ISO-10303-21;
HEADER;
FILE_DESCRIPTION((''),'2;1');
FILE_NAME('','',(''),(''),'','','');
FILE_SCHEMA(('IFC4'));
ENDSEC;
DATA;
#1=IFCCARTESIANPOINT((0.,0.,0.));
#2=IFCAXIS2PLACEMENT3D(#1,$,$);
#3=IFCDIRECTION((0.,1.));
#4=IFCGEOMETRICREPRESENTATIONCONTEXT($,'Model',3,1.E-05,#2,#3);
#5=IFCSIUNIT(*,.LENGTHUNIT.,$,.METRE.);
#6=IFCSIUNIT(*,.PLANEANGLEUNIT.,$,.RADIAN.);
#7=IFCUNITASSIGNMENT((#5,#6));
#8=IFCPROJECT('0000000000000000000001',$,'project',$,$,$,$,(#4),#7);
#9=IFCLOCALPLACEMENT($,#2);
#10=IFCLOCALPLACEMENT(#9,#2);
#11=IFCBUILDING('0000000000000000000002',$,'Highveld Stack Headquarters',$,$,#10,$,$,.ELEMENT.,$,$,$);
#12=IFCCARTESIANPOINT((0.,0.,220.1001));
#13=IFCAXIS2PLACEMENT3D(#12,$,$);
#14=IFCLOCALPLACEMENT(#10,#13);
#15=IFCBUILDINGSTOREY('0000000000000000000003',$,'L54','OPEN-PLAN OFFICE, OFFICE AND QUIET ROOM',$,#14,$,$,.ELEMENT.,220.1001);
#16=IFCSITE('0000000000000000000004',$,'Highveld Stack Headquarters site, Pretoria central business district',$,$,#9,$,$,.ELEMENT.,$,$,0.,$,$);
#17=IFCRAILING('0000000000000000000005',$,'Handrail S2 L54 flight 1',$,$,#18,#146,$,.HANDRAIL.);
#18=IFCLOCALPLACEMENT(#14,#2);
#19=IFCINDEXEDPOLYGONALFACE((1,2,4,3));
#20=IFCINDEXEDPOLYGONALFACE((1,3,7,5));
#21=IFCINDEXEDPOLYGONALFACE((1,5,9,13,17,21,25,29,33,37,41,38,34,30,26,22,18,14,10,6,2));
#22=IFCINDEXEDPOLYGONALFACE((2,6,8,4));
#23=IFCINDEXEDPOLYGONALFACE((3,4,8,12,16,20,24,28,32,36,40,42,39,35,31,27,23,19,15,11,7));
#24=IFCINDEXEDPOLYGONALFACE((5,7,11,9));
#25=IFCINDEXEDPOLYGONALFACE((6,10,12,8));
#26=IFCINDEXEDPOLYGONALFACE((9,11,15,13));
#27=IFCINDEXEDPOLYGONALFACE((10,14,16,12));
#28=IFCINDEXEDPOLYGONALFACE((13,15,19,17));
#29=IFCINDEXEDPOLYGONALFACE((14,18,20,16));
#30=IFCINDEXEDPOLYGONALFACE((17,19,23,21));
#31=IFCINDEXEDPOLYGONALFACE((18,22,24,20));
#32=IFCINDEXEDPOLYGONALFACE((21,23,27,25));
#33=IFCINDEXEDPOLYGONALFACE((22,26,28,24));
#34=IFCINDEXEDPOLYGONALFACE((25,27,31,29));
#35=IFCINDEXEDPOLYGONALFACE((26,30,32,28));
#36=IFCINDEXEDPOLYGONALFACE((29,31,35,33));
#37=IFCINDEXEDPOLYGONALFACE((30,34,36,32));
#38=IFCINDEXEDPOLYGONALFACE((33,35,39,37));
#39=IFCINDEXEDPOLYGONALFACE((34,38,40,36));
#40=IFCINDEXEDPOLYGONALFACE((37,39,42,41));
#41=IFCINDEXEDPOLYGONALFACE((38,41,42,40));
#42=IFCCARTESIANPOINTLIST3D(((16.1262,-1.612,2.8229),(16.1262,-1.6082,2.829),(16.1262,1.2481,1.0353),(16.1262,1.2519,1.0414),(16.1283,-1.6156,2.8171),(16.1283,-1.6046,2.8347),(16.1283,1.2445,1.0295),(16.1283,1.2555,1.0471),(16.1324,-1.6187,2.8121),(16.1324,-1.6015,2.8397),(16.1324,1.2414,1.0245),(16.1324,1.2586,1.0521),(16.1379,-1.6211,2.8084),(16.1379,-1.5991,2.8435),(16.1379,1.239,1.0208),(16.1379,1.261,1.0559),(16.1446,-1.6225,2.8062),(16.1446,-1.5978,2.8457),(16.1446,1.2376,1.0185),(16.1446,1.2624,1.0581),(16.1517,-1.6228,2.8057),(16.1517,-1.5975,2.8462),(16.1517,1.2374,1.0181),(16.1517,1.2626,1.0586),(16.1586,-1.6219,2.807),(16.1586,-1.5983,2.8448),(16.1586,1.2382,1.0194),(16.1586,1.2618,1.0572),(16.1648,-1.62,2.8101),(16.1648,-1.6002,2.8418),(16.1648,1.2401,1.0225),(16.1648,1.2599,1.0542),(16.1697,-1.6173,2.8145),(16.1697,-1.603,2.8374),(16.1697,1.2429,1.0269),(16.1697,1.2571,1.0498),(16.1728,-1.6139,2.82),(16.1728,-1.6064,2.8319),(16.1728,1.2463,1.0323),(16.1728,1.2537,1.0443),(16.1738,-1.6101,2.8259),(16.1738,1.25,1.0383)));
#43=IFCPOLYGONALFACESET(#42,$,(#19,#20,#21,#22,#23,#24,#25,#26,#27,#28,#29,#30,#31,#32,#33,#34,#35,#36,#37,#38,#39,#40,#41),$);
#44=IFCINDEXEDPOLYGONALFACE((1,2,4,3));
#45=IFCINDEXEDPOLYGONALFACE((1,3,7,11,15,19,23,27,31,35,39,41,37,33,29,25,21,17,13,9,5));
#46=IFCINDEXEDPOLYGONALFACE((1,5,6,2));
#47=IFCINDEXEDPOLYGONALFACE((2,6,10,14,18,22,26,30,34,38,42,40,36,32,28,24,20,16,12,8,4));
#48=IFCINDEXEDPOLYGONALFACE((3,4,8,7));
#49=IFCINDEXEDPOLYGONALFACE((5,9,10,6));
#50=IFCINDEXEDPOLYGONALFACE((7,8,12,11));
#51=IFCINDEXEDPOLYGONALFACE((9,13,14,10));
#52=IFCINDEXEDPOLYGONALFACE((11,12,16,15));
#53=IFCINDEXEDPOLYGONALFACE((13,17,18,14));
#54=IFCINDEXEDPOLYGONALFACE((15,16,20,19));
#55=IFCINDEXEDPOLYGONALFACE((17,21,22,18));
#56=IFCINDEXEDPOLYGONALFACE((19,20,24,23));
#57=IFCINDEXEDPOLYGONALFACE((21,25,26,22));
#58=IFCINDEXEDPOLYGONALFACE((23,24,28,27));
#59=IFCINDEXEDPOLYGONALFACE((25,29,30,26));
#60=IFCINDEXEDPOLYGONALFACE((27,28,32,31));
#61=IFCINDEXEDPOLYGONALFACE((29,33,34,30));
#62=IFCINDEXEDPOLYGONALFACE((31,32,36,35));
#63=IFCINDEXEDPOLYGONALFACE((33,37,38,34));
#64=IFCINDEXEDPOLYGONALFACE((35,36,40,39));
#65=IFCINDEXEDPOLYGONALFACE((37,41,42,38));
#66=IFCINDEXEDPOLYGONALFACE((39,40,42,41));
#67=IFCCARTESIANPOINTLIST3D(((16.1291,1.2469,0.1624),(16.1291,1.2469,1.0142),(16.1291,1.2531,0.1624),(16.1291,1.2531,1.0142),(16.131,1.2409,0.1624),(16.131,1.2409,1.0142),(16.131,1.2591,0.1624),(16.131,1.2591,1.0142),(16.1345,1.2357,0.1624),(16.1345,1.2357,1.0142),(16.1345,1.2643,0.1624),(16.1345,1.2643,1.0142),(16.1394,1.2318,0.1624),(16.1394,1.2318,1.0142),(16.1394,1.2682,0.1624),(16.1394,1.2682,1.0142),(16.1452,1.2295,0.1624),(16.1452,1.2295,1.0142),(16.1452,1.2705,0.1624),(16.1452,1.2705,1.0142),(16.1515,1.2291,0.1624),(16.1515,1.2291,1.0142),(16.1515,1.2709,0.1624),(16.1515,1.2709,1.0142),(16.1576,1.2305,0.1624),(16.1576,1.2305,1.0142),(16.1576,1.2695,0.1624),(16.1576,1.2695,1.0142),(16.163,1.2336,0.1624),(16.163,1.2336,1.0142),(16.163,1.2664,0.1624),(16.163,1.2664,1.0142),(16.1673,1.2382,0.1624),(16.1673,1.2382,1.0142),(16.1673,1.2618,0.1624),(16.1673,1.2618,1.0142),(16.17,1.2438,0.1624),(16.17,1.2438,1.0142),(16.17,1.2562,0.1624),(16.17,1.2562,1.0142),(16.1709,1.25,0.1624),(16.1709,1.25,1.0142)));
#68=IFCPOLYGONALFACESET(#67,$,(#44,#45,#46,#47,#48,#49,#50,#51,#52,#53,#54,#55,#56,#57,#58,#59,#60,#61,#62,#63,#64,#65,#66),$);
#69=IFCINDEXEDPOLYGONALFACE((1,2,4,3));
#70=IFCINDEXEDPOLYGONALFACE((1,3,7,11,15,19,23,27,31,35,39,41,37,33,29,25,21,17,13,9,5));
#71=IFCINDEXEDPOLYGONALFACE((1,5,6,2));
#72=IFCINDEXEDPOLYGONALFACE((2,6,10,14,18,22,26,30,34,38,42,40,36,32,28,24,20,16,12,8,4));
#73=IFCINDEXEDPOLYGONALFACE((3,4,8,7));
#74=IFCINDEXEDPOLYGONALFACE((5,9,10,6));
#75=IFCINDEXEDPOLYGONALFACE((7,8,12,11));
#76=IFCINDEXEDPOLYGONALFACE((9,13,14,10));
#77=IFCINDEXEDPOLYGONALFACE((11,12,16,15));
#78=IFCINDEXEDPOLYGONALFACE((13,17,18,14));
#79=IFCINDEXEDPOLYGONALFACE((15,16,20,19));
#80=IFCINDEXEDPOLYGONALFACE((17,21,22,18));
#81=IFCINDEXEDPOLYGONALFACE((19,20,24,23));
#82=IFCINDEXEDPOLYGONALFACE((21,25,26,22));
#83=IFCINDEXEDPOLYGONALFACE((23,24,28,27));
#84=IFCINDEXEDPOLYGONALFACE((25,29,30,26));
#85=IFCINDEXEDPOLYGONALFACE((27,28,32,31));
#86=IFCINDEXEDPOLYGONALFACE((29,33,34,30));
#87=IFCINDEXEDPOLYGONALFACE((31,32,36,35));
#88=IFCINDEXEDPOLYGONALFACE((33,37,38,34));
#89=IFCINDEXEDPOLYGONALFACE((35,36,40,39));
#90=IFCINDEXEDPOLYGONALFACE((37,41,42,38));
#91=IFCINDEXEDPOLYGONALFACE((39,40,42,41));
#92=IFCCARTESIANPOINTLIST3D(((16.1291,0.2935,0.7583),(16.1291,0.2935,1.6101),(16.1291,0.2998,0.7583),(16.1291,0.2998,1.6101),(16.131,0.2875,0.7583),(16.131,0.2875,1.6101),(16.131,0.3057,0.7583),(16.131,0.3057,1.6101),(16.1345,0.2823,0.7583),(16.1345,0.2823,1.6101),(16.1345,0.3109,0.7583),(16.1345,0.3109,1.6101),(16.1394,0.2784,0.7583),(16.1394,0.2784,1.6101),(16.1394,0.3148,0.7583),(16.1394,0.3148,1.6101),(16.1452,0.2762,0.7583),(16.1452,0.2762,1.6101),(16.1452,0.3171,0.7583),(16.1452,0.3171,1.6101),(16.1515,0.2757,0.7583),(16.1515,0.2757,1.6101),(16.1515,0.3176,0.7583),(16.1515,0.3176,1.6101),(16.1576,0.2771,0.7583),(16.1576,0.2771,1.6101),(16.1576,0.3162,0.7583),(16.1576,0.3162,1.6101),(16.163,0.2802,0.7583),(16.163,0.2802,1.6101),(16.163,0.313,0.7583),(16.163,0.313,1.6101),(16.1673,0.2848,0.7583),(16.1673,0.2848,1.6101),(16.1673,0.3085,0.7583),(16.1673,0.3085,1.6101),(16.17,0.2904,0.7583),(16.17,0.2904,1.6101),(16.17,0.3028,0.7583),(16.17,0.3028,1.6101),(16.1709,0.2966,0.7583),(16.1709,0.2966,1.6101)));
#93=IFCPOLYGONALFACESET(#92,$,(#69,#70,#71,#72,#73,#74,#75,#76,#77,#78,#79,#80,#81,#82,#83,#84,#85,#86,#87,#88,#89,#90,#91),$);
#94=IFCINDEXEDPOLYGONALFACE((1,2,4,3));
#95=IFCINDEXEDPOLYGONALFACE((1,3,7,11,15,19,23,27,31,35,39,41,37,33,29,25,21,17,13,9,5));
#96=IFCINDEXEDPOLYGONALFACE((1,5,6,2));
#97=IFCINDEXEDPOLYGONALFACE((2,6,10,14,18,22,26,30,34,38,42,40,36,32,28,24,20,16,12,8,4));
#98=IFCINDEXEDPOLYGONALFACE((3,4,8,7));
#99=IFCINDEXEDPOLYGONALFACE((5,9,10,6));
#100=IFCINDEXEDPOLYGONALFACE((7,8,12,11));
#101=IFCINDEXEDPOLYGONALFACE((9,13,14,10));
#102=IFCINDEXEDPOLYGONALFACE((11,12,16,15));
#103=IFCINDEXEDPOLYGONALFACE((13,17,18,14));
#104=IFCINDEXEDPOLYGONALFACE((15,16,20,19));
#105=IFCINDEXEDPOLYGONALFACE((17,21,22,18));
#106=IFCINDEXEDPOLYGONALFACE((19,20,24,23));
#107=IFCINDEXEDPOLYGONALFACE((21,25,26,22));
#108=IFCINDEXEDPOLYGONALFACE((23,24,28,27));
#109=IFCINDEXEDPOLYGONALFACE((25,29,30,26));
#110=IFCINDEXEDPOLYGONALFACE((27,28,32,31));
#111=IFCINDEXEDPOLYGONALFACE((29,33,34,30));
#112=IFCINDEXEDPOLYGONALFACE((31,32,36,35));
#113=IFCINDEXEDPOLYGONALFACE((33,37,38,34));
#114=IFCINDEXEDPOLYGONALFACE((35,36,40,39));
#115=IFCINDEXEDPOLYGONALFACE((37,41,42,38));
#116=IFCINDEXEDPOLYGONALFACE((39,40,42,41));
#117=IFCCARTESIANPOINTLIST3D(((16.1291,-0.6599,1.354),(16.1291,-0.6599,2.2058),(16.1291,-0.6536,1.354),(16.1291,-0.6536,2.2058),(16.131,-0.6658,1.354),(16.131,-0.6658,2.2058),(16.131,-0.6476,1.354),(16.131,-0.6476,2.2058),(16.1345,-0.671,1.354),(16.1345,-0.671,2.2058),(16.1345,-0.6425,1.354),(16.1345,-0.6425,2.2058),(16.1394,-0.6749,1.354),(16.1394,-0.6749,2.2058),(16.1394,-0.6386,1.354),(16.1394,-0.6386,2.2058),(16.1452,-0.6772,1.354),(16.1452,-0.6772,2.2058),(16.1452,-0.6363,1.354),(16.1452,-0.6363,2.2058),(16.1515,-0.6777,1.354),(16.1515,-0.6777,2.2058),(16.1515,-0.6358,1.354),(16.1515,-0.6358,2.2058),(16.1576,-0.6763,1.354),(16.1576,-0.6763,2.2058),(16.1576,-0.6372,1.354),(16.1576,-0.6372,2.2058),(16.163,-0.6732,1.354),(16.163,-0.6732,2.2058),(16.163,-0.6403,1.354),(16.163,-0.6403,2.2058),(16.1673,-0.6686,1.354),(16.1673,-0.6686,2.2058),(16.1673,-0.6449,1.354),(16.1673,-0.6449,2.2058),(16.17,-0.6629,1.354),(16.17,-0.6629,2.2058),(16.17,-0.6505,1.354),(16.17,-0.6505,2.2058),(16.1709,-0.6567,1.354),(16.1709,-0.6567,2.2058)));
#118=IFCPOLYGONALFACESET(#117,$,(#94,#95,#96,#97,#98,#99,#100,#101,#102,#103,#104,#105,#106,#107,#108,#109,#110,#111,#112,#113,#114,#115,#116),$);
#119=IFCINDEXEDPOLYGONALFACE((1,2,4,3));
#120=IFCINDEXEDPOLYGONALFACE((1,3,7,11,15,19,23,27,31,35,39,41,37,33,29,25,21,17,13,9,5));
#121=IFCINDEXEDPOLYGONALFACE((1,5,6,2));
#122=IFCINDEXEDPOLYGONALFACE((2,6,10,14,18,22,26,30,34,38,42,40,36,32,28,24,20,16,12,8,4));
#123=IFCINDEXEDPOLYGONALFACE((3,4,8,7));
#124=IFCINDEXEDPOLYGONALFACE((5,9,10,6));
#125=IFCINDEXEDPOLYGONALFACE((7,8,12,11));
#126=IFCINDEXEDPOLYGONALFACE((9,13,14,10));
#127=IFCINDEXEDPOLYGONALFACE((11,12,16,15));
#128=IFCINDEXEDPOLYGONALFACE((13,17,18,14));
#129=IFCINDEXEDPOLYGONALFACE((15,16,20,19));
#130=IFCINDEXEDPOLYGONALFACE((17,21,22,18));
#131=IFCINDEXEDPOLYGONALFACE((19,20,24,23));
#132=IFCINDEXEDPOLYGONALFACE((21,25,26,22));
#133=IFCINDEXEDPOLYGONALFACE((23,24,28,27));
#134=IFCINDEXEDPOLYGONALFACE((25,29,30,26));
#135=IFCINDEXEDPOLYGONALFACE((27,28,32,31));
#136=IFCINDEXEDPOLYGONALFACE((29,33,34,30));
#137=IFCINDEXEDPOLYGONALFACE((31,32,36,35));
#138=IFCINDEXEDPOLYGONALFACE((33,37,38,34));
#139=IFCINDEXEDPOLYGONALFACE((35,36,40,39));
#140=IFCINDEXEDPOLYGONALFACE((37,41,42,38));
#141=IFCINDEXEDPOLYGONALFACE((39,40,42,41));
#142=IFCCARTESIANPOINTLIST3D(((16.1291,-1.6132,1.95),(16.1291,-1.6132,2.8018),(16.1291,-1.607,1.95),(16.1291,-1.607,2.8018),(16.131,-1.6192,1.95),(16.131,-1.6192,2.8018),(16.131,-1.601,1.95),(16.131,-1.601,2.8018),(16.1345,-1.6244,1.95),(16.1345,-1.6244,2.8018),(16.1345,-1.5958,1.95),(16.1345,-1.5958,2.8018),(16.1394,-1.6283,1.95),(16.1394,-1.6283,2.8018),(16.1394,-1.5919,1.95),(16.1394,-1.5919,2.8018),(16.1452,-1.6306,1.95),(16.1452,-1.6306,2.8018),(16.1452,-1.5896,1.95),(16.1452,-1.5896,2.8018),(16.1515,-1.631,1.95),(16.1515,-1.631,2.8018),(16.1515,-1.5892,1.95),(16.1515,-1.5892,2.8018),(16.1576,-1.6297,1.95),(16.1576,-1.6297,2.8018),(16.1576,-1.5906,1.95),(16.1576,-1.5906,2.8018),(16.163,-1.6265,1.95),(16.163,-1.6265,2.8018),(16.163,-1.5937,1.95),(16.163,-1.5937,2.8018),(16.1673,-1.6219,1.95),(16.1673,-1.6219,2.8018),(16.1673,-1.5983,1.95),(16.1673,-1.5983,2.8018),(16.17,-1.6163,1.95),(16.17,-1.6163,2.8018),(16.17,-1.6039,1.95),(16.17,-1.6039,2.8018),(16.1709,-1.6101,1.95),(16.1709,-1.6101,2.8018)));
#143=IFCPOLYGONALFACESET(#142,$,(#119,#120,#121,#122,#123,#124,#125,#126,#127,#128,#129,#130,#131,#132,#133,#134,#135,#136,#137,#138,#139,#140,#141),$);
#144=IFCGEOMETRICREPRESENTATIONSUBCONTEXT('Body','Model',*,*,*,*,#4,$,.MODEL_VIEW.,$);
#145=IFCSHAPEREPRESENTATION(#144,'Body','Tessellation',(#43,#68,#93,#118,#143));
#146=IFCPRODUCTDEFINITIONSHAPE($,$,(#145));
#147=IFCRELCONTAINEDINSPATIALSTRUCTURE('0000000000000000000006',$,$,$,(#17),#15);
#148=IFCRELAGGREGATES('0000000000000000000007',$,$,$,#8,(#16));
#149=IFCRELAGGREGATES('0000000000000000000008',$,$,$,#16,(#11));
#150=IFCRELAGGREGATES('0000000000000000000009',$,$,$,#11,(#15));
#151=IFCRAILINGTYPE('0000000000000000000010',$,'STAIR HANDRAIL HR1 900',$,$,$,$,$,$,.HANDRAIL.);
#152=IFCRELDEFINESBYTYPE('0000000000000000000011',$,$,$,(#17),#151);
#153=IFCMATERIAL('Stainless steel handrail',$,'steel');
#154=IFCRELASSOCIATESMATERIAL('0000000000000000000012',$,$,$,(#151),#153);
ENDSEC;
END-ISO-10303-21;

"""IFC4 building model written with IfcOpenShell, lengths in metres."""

from ifc_helpers import new_model, si_unit, direction, frame, origin, origin_2d, place, context, subcontext, project, spatial, circle, extrude, material, type_object, element, save


model = new_model("IFC4")

# Units and contexts
model_context = context("Model", 3, precision=1e-05, world=origin(), true_north=direction((0.0, 1.0)))
body_context = subcontext(model_context, "Body", "Model", "MODEL_VIEW")
ifc_project = project(units=[si_unit("LENGTHUNIT", "METRE"), si_unit("PLANEANGLEUNIT", "RADIAN")], contexts=[model_context])

# Site, building, storey
site_placement = place(None, origin())
site = spatial("IfcSite", under=ifc_project, at=site_placement, Name="Highveld Stack Headquarters site, Pretoria central business district", CompositionType="ELEMENT", RefElevation=0.0)
building_placement = place(site_placement, origin())
building = spatial("IfcBuilding", under=site, at=building_placement, Name="Highveld Stack Headquarters", CompositionType="ELEMENT")
storey_placement = place(building_placement, frame((0.0, 0.0, 220.1001)))
storey = spatial("IfcBuildingStorey", under=building, at=storey_placement, Name="L54", Description="OPEN-PLAN OFFICE, OFFICE AND QUIET ROOM", CompositionType="ELEMENT", Elevation=220.1001)

# Railing
ifc_material_1 = material(Name="Stainless steel handrail", Category="steel")
railing_type = type_object("IfcRailingType", Name="STAIR HANDRAIL HR1 900", PredefinedType="HANDRAIL", material=ifc_material_1)
for number, where, name in (
    (1, (16.1499, 1.25, 0.1624), "Handrail S2 L54 flight 1"),
):
    element("IfcRailing", number, at=place(storey_placement, frame(where)), inside=storey, type_object=railing_type, Name=name, PredefinedType="HANDRAIL", context=body_context, shape_type="SweptSolid", body=[
        extrude(circle(Radius=0.0239, at=origin_2d()), frame((0.0, 0.0, 0.876), z_axis=(0.0, -0.847994, 0.530005), x_axis=(1.0, 0.0, 0.0)), (0.0, 0.0, 1.0), 3.3728),
        extrude(circle(Radius=0.021, at=origin_2d()), origin(), (0.0, 0.0, 1.0), 0.8518),
        extrude(circle(Radius=0.021, at=origin_2d()), frame((0.0, -0.9534, 0.5959)), (0.0, 0.0, 1.0), 0.8518),
        extrude(circle(Radius=0.021, at=origin_2d()), frame((0.0, -1.9067, 1.1917)), (0.0, 0.0, 1.0), 0.8518),
        extrude(circle(Radius=0.021, at=origin_2d()), frame((0.0, -2.8601, 1.7876)), (0.0, 0.0, 1.0), 0.8518),
    ])

save(model, "model.ifc")
